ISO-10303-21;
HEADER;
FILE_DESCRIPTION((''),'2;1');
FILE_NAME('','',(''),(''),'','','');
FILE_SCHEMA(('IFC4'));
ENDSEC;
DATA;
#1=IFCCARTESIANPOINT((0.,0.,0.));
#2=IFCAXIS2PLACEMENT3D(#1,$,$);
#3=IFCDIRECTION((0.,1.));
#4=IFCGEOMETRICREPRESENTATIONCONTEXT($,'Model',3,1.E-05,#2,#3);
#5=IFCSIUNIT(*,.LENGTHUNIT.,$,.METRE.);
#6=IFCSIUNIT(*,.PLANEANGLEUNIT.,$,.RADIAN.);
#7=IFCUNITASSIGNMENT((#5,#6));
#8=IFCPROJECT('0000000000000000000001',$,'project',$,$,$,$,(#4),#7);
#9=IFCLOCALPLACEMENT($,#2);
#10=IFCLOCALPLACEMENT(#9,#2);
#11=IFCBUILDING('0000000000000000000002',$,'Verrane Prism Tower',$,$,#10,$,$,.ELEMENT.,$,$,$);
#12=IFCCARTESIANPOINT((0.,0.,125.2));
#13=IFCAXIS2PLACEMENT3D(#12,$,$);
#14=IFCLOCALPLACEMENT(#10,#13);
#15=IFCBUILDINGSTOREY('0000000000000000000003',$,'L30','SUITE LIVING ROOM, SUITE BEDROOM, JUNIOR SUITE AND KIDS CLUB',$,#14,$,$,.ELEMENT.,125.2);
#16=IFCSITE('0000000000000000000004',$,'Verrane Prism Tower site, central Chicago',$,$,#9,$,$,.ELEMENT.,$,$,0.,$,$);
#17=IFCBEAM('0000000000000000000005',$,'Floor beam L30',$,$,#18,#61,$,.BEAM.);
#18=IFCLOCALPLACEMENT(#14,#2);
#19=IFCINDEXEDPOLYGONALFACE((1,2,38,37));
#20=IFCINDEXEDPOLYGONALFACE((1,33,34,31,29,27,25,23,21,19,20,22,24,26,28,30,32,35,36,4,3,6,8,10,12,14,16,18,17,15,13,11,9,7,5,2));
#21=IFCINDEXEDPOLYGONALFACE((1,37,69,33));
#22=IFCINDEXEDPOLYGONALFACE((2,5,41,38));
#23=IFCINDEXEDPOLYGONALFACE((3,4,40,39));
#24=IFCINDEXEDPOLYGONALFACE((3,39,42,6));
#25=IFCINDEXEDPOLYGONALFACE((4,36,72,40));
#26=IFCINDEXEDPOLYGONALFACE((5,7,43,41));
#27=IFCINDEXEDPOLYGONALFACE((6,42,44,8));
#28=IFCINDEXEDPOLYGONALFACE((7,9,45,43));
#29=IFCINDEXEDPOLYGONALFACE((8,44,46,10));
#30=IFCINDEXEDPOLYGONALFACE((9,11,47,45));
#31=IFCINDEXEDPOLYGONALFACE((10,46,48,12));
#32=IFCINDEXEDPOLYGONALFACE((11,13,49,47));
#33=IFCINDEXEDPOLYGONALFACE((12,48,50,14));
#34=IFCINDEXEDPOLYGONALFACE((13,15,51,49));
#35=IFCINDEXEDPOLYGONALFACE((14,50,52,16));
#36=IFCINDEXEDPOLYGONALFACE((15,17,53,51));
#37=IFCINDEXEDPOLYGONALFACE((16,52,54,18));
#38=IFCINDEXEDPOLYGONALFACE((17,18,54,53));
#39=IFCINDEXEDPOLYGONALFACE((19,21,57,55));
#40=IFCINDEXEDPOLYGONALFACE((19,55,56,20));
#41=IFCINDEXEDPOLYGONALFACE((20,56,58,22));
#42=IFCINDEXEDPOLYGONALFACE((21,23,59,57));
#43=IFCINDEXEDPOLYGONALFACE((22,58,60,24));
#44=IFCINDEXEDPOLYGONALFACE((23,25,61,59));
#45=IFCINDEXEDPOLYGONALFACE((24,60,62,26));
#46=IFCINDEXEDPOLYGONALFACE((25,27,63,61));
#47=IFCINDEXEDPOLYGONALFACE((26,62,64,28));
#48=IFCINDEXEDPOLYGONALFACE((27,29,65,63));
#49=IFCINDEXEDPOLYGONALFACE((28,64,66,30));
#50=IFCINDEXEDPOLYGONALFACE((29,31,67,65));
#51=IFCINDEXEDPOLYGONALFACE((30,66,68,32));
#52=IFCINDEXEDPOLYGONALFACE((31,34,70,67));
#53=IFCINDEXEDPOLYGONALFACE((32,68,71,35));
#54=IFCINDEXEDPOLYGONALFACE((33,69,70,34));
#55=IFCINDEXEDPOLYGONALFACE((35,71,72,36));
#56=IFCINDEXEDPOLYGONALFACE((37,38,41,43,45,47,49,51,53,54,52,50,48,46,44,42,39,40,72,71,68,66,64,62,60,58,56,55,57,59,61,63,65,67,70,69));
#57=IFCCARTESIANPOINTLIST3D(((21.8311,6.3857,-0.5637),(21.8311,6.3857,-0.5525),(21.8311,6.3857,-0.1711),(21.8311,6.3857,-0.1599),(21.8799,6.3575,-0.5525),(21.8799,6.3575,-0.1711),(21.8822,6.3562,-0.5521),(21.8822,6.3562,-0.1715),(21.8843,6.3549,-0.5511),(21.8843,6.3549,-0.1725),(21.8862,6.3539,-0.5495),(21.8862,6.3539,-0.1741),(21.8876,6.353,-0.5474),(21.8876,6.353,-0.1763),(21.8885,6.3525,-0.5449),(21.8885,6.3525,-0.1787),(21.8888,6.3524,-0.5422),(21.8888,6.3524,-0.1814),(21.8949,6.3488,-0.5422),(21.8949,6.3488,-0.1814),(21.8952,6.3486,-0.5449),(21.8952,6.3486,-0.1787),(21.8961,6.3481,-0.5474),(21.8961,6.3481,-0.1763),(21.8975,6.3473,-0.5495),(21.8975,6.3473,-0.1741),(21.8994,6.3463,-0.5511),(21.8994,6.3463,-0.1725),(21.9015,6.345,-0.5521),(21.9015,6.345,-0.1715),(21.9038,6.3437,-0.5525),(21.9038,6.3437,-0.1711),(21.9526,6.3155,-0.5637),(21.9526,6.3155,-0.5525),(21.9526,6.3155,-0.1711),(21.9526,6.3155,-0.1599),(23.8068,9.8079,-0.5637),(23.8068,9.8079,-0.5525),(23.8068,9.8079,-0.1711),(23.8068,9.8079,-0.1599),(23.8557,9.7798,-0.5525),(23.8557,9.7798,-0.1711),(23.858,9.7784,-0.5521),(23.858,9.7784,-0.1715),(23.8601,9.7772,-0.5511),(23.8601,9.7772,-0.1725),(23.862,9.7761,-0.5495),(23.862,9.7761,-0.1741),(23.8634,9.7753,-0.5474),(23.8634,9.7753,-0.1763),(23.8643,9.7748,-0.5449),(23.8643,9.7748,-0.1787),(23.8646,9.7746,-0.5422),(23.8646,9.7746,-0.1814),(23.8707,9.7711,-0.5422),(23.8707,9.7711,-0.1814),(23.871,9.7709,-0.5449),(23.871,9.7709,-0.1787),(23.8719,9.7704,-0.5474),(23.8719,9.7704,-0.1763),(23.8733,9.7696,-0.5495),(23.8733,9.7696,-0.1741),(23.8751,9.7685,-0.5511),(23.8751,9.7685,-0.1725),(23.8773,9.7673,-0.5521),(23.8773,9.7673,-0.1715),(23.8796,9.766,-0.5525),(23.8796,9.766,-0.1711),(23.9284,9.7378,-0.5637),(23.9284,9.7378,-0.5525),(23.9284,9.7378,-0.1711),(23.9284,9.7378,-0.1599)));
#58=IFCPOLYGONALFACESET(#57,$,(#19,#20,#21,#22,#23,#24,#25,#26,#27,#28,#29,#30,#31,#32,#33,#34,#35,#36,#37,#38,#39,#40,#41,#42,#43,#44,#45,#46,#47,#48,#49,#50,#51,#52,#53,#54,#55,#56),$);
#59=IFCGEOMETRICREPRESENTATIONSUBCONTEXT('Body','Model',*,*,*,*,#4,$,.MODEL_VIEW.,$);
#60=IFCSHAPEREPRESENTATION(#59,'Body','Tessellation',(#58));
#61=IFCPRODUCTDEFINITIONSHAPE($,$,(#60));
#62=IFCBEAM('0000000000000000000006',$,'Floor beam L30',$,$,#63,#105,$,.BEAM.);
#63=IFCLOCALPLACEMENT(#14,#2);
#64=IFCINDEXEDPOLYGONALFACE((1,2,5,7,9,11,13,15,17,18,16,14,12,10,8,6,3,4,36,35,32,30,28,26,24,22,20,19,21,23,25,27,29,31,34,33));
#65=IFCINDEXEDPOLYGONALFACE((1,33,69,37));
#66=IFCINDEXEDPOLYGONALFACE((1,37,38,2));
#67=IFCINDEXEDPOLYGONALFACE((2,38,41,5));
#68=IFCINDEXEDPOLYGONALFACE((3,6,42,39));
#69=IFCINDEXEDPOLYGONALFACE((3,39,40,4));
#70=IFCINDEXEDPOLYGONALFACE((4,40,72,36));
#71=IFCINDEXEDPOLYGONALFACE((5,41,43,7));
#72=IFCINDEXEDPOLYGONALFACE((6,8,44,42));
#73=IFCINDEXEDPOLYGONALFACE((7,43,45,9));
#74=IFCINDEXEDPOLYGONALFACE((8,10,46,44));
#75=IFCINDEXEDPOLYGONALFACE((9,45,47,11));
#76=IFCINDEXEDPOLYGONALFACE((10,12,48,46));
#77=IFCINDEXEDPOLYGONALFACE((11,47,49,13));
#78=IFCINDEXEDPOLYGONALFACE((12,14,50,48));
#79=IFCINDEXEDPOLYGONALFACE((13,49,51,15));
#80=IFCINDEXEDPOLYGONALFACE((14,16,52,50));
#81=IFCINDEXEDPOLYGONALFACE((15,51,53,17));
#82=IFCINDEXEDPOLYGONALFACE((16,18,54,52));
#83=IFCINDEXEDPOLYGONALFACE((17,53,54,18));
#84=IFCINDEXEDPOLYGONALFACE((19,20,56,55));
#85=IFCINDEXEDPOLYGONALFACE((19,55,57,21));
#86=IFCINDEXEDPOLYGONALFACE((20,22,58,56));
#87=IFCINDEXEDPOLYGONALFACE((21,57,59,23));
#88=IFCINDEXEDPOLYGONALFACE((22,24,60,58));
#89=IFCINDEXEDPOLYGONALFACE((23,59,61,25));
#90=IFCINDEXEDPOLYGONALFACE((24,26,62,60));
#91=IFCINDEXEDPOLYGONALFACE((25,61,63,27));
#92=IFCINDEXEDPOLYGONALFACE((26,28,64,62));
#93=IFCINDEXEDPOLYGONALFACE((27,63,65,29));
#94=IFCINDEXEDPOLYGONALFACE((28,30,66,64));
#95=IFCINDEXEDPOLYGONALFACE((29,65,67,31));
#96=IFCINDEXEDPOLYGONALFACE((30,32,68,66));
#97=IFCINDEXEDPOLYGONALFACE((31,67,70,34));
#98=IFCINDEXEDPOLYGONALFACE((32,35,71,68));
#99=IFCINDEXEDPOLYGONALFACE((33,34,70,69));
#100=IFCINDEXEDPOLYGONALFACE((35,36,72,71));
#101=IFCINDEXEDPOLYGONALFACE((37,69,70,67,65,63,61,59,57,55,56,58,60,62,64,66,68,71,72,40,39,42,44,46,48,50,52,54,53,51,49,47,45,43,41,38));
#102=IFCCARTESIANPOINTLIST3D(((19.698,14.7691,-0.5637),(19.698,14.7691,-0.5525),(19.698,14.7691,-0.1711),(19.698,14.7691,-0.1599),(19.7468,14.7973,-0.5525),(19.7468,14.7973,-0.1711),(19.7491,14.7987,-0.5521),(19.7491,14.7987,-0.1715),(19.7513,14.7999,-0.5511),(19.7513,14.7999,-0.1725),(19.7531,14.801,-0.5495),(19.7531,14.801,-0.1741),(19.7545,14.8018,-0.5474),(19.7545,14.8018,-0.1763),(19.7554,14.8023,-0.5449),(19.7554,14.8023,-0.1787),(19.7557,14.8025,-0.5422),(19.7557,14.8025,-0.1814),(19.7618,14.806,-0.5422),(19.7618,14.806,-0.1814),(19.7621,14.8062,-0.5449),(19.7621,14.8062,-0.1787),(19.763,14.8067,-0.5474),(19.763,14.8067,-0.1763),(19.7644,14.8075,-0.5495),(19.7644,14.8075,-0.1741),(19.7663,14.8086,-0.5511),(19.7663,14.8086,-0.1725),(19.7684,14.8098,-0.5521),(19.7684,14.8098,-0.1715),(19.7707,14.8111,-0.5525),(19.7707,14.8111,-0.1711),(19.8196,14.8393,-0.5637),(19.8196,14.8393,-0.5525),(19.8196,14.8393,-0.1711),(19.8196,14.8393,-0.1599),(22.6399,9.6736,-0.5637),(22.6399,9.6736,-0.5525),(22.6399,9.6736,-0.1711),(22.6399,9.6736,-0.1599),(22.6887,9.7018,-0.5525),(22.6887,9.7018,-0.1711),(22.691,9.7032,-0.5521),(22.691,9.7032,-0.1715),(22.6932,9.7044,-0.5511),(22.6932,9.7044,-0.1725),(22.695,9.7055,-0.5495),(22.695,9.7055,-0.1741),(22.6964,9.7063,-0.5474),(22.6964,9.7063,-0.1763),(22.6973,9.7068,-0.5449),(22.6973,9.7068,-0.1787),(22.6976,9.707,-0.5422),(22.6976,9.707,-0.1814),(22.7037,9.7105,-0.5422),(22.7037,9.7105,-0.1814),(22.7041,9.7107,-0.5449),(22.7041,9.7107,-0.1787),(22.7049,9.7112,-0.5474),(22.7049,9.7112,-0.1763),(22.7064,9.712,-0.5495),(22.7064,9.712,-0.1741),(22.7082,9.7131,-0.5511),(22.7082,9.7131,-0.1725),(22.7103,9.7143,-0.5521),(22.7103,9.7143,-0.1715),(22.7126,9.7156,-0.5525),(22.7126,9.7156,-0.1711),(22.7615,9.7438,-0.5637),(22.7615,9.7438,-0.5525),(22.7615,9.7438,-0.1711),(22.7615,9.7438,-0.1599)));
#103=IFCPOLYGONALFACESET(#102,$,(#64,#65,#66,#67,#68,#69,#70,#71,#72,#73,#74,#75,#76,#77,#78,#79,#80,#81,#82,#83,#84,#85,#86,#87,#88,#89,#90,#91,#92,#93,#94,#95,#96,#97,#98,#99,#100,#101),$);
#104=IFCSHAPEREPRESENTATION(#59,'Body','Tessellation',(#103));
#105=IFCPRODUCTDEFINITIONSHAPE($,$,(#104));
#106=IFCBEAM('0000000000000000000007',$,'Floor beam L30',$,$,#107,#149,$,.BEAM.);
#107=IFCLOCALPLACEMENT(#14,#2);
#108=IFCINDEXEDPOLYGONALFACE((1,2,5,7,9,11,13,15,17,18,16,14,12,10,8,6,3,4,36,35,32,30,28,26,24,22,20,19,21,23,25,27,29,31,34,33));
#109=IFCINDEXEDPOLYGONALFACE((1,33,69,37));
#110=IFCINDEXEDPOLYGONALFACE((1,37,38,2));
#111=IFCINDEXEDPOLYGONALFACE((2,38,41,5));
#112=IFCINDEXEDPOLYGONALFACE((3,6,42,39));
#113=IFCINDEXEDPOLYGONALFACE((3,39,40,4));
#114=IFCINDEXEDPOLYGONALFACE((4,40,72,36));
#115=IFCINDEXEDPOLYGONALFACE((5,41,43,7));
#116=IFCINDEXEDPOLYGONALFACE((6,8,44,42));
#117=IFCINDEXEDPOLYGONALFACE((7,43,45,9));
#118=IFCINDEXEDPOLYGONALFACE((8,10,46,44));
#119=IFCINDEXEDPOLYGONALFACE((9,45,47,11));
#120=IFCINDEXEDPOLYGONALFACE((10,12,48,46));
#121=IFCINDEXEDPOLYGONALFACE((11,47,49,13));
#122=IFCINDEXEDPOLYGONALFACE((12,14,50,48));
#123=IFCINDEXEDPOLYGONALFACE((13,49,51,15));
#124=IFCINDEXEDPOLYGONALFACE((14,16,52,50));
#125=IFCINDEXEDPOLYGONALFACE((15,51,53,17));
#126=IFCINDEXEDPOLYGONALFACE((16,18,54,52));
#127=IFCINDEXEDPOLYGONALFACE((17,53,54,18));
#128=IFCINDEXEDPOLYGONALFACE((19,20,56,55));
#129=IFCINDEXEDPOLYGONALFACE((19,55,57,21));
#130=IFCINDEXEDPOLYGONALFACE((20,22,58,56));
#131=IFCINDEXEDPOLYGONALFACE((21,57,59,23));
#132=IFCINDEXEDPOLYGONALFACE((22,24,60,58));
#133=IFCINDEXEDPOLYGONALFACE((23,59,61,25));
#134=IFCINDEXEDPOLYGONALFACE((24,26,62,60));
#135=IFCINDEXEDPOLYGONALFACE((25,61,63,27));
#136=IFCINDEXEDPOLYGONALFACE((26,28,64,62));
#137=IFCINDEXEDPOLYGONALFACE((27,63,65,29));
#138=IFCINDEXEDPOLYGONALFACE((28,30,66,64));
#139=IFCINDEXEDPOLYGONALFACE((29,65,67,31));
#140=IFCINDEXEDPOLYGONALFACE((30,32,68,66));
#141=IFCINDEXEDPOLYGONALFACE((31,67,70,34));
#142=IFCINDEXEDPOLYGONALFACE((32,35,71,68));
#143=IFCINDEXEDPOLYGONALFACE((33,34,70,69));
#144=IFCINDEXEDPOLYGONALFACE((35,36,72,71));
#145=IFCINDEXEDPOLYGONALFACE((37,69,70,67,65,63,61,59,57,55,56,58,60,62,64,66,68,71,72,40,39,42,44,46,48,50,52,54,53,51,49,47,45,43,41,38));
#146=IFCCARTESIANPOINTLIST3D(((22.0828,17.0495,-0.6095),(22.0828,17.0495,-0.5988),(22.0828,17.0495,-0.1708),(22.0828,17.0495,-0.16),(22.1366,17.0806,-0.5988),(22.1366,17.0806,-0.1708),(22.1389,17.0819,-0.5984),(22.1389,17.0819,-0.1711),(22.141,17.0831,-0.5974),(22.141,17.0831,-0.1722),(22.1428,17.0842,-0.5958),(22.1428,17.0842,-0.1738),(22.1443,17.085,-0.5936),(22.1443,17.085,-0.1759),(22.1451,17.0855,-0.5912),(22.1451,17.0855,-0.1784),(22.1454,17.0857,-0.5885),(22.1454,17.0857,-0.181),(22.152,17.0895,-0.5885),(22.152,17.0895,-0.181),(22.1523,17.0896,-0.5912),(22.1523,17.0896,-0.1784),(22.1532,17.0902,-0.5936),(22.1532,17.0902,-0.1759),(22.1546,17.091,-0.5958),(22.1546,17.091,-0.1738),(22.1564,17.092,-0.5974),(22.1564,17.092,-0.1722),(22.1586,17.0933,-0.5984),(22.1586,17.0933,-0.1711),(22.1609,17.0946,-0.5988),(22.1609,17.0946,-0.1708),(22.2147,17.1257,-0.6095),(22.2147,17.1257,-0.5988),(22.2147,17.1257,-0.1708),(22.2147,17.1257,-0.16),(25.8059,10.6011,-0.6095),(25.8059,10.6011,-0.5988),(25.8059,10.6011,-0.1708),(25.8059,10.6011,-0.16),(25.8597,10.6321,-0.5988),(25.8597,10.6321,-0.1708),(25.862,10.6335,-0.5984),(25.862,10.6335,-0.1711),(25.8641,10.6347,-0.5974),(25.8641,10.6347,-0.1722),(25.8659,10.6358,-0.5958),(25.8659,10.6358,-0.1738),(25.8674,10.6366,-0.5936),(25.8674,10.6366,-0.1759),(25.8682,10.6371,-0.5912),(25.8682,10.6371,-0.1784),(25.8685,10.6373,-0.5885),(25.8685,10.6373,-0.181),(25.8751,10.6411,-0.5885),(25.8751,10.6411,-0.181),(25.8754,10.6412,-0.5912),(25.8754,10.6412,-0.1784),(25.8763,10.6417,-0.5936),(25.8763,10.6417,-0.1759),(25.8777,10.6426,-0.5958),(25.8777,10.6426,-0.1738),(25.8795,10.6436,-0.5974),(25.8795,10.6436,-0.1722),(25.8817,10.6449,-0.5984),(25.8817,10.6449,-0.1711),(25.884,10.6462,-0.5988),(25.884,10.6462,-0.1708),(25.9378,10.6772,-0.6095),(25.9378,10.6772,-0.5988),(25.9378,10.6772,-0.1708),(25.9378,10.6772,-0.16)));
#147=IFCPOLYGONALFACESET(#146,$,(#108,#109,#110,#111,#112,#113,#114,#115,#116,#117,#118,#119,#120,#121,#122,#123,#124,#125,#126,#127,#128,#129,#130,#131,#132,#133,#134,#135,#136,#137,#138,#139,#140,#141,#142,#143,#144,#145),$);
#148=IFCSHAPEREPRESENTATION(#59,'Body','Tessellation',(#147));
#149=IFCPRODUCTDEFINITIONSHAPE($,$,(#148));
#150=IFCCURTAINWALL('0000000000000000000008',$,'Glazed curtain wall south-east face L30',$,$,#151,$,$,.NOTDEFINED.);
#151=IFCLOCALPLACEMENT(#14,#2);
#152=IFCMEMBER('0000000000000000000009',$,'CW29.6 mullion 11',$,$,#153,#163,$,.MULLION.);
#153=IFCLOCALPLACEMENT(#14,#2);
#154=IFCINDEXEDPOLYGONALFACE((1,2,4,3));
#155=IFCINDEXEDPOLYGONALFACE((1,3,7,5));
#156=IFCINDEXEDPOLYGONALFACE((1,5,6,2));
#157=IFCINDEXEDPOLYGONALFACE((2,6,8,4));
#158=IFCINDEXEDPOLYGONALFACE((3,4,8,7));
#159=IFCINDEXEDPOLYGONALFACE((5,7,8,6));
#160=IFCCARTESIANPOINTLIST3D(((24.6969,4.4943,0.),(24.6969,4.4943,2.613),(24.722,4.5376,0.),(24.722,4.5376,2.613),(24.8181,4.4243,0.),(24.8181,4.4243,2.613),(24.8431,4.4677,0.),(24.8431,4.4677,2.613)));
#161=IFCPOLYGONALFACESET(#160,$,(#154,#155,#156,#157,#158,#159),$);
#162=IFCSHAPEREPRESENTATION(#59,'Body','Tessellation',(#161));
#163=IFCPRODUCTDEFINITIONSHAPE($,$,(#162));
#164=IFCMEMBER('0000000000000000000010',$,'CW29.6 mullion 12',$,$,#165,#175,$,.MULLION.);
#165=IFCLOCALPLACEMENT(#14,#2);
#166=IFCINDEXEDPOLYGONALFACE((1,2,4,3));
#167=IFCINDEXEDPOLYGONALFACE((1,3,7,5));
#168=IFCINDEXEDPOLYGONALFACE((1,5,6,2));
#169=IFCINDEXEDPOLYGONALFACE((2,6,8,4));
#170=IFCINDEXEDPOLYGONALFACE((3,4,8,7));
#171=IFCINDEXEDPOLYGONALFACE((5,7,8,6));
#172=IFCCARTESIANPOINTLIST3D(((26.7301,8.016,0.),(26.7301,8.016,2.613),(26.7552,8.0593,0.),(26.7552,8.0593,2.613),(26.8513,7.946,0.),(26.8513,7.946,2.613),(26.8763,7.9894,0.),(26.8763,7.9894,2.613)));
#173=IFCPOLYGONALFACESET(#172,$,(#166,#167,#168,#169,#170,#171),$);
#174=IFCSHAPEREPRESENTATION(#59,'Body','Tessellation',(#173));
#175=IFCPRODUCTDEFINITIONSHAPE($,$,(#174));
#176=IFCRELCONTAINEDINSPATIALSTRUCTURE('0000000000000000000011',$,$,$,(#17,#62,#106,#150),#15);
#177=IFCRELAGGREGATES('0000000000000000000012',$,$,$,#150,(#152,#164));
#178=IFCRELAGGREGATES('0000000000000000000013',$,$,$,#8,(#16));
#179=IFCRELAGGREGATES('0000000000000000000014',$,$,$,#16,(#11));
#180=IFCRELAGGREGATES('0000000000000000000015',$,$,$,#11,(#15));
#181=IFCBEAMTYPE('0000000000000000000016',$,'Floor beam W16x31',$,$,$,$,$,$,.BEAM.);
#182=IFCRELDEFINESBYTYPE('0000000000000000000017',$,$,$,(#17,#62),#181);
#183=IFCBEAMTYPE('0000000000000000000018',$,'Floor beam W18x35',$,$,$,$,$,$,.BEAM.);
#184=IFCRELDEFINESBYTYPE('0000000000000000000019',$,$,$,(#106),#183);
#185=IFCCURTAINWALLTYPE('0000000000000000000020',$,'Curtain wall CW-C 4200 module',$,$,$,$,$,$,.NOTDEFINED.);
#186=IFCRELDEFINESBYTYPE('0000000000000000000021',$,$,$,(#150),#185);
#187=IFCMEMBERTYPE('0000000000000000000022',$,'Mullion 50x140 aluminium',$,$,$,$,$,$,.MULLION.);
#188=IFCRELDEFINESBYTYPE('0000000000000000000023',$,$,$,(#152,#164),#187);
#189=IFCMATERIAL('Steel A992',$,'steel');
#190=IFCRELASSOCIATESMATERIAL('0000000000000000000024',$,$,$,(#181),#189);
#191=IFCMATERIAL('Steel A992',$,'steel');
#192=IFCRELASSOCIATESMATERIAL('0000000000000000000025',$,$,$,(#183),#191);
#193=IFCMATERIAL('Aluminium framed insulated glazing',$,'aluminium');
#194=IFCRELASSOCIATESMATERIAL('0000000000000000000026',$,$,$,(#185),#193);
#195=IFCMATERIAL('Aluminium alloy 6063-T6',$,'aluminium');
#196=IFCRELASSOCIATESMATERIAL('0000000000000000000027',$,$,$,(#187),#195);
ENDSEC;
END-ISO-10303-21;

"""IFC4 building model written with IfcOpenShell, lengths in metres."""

from ifc_helpers import new_model, si_unit, direction, frame, origin, origin_2d, place, context, subcontext, project, spatial, rectangle, i_section, extrude, material, material_profile, profile_set, type_object, element, aggregate, save


model = new_model("IFC4")

# Units and contexts
model_context = context("Model", 3, precision=1e-05, world=origin(), true_north=direction((0.0, 1.0)))
body_context = subcontext(model_context, "Body", "Model", "MODEL_VIEW")
ifc_project = project(units=[si_unit("LENGTHUNIT", "METRE"), si_unit("PLANEANGLEUNIT", "RADIAN")], contexts=[model_context])

# Site, building, storey
site_placement = place(None, origin())
site = spatial("IfcSite", under=ifc_project, at=site_placement, Name="Verrane Prism Tower site, central Chicago", CompositionType="ELEMENT", RefElevation=0.0)
building_placement = place(site_placement, origin())
building = spatial("IfcBuilding", under=site, at=building_placement, Name="Verrane Prism Tower", CompositionType="ELEMENT")
storey_placement = place(building_placement, frame((0.0, 0.0, 125.2)))
storey = spatial("IfcBuildingStorey", under=building, at=storey_placement, Name="L30", Description="SUITE LIVING ROOM, SUITE BEDROOM, JUNIOR SUITE AND KIDS CLUB", CompositionType="ELEMENT", Elevation=125.2)

# Beams
ifc_material_1 = material(Name="Steel A992", Category="steel")
ifc_material_profile_1 = material_profile(ifc_material_1, i_section(OverallWidth=0.1404, OverallDepth=0.4038, WebThickness=0.0071, FlangeThickness=0.0112, FilletRadius=0.0103, at=origin_2d()), Name="W16x31")
ifc_profile_set_1 = profile_set([ifc_material_profile_1], Name="Steel A992")
beam_type_1 = type_object("IfcBeamType", Name="Floor beam W16x31", PredefinedType="BEAM", material=ifc_profile_set_1)
beam_1_placement = place(storey_placement, frame((21.8918, 6.3506, -0.3618), z_axis=(0.499986, 0.866033, 0.0), x_axis=(-0.866033, 0.499986, 0.0)))
element("IfcBeam", 1, at=beam_1_placement, inside=storey, type_object=beam_type_1, Name="Floor beam L30", PredefinedType="BEAM", context=body_context, shape_type="SweptSolid", body=[
    extrude(i_section(OverallWidth=0.1404, OverallDepth=0.4038, WebThickness=0.0071, FlangeThickness=0.0112, FilletRadius=0.0103, at=origin_2d()), origin(), (0.0, 0.0, 1.0), 3.9517),
])
beam_2_placement = place(storey_placement, frame((22.7007, 9.7087, -0.3618), z_axis=(-0.500004, 0.866023, 0.0), x_axis=(-0.866023, -0.500004, 0.0)))
element("IfcBeam", 2, at=beam_2_placement, inside=storey, type_object=beam_type_1, Name="Floor beam L30", PredefinedType="BEAM", context=body_context, shape_type="SweptSolid", body=[
    extrude(i_section(OverallWidth=0.1404, OverallDepth=0.4038, WebThickness=0.0071, FlangeThickness=0.0112, FilletRadius=0.0103, at=origin_2d()), origin(), (0.0, 0.0, 1.0), 5.8838),
])
ifc_material_2 = material(Name="Steel A992", Category="steel")
ifc_material_profile_2 = material_profile(ifc_material_2, i_section(OverallWidth=0.1523, OverallDepth=0.4495, WebThickness=0.0076, FlangeThickness=0.0107, FilletRadius=0.0103, at=origin_2d()), Name="W18x35")
ifc_profile_set_2 = profile_set([ifc_material_profile_2], Name="Steel A992")
beam_type_2 = type_object("IfcBeamType", Name="Floor beam W18x35", PredefinedType="BEAM", material=ifc_profile_set_2)
beam_3_placement = place(storey_placement, frame((25.8718, 10.6392, -0.3848), z_axis=(-0.500011, 0.866019, 0.0), x_axis=(-0.866019, -0.500011, 0.0)))
element("IfcBeam", 3, at=beam_3_placement, inside=storey, type_object=beam_type_2, Name="Floor beam L30", PredefinedType="BEAM", context=body_context, shape_type="SweptSolid", body=[
    extrude(i_section(OverallWidth=0.1523, OverallDepth=0.4495, WebThickness=0.0076, FlangeThickness=0.0107, FilletRadius=0.0103, at=origin_2d()), origin(), (0.0, 0.0, 1.0), 7.446),
])

# Curtain wall, members
ifc_material_3 = material(Name="Aluminium framed insulated glazing", Category="aluminium")
curtain_wall_type = type_object("IfcCurtainWallType", Name="Curtain wall CW-C 4200 module", PredefinedType="NOTDEFINED", material=ifc_material_3)
curtain_wall_placement = place(storey_placement, origin())
curtain_wall = element("IfcCurtainWall", 4, at=curtain_wall_placement, inside=storey, type_object=curtain_wall_type, Name="Glazed curtain wall south-east face L30", PredefinedType="NOTDEFINED")
ifc_material_4 = material(Name="Aluminium alloy 6063-T6", Category="aluminium")
ifc_material_profile_3 = material_profile(ifc_material_4, rectangle(XDim=0.1399, YDim=0.05, at=origin_2d()), Name="Mullion 50x140 aluminium")
ifc_profile_set_3 = profile_set([ifc_material_profile_3], Name="Aluminium alloy 6063-T6")
member_type_1 = type_object("IfcMemberType", Name="Mullion 50x140 aluminium", PredefinedType="MULLION", material=ifc_profile_set_3)
member_1_placement = place(storey_placement, frame((24.77, 4.481, 0.0), z_axis=(0.0, 0.0, 1.0), x_axis=(-0.866025, 0.5, 0.0)))
member_1 = element("IfcMember", 5, at=member_1_placement, type_object=member_type_1, Name="CW29.6 mullion 11", PredefinedType="MULLION", context=body_context, shape_type="SweptSolid", body=[
    extrude(rectangle(XDim=0.1399, YDim=0.05, at=origin_2d()), origin(), (0.0, 0.0, 1.0), 2.613),
])
member_2_placement = place(storey_placement, frame((26.8032, 8.0027, 0.0), z_axis=(0.0, 0.0, 1.0), x_axis=(-0.866025, 0.5, 0.0)))
member_2 = element("IfcMember", 6, at=member_2_placement, type_object=member_type_1, Name="CW29.6 mullion 12", PredefinedType="MULLION", context=body_context, shape_type="SweptSolid", body=[
    extrude(rectangle(XDim=0.1399, YDim=0.05, at=origin_2d()), origin(), (0.0, 0.0, 1.0), 2.613),
])

aggregate(curtain_wall, [member_1, member_2])

save(model, "model.ifc")
